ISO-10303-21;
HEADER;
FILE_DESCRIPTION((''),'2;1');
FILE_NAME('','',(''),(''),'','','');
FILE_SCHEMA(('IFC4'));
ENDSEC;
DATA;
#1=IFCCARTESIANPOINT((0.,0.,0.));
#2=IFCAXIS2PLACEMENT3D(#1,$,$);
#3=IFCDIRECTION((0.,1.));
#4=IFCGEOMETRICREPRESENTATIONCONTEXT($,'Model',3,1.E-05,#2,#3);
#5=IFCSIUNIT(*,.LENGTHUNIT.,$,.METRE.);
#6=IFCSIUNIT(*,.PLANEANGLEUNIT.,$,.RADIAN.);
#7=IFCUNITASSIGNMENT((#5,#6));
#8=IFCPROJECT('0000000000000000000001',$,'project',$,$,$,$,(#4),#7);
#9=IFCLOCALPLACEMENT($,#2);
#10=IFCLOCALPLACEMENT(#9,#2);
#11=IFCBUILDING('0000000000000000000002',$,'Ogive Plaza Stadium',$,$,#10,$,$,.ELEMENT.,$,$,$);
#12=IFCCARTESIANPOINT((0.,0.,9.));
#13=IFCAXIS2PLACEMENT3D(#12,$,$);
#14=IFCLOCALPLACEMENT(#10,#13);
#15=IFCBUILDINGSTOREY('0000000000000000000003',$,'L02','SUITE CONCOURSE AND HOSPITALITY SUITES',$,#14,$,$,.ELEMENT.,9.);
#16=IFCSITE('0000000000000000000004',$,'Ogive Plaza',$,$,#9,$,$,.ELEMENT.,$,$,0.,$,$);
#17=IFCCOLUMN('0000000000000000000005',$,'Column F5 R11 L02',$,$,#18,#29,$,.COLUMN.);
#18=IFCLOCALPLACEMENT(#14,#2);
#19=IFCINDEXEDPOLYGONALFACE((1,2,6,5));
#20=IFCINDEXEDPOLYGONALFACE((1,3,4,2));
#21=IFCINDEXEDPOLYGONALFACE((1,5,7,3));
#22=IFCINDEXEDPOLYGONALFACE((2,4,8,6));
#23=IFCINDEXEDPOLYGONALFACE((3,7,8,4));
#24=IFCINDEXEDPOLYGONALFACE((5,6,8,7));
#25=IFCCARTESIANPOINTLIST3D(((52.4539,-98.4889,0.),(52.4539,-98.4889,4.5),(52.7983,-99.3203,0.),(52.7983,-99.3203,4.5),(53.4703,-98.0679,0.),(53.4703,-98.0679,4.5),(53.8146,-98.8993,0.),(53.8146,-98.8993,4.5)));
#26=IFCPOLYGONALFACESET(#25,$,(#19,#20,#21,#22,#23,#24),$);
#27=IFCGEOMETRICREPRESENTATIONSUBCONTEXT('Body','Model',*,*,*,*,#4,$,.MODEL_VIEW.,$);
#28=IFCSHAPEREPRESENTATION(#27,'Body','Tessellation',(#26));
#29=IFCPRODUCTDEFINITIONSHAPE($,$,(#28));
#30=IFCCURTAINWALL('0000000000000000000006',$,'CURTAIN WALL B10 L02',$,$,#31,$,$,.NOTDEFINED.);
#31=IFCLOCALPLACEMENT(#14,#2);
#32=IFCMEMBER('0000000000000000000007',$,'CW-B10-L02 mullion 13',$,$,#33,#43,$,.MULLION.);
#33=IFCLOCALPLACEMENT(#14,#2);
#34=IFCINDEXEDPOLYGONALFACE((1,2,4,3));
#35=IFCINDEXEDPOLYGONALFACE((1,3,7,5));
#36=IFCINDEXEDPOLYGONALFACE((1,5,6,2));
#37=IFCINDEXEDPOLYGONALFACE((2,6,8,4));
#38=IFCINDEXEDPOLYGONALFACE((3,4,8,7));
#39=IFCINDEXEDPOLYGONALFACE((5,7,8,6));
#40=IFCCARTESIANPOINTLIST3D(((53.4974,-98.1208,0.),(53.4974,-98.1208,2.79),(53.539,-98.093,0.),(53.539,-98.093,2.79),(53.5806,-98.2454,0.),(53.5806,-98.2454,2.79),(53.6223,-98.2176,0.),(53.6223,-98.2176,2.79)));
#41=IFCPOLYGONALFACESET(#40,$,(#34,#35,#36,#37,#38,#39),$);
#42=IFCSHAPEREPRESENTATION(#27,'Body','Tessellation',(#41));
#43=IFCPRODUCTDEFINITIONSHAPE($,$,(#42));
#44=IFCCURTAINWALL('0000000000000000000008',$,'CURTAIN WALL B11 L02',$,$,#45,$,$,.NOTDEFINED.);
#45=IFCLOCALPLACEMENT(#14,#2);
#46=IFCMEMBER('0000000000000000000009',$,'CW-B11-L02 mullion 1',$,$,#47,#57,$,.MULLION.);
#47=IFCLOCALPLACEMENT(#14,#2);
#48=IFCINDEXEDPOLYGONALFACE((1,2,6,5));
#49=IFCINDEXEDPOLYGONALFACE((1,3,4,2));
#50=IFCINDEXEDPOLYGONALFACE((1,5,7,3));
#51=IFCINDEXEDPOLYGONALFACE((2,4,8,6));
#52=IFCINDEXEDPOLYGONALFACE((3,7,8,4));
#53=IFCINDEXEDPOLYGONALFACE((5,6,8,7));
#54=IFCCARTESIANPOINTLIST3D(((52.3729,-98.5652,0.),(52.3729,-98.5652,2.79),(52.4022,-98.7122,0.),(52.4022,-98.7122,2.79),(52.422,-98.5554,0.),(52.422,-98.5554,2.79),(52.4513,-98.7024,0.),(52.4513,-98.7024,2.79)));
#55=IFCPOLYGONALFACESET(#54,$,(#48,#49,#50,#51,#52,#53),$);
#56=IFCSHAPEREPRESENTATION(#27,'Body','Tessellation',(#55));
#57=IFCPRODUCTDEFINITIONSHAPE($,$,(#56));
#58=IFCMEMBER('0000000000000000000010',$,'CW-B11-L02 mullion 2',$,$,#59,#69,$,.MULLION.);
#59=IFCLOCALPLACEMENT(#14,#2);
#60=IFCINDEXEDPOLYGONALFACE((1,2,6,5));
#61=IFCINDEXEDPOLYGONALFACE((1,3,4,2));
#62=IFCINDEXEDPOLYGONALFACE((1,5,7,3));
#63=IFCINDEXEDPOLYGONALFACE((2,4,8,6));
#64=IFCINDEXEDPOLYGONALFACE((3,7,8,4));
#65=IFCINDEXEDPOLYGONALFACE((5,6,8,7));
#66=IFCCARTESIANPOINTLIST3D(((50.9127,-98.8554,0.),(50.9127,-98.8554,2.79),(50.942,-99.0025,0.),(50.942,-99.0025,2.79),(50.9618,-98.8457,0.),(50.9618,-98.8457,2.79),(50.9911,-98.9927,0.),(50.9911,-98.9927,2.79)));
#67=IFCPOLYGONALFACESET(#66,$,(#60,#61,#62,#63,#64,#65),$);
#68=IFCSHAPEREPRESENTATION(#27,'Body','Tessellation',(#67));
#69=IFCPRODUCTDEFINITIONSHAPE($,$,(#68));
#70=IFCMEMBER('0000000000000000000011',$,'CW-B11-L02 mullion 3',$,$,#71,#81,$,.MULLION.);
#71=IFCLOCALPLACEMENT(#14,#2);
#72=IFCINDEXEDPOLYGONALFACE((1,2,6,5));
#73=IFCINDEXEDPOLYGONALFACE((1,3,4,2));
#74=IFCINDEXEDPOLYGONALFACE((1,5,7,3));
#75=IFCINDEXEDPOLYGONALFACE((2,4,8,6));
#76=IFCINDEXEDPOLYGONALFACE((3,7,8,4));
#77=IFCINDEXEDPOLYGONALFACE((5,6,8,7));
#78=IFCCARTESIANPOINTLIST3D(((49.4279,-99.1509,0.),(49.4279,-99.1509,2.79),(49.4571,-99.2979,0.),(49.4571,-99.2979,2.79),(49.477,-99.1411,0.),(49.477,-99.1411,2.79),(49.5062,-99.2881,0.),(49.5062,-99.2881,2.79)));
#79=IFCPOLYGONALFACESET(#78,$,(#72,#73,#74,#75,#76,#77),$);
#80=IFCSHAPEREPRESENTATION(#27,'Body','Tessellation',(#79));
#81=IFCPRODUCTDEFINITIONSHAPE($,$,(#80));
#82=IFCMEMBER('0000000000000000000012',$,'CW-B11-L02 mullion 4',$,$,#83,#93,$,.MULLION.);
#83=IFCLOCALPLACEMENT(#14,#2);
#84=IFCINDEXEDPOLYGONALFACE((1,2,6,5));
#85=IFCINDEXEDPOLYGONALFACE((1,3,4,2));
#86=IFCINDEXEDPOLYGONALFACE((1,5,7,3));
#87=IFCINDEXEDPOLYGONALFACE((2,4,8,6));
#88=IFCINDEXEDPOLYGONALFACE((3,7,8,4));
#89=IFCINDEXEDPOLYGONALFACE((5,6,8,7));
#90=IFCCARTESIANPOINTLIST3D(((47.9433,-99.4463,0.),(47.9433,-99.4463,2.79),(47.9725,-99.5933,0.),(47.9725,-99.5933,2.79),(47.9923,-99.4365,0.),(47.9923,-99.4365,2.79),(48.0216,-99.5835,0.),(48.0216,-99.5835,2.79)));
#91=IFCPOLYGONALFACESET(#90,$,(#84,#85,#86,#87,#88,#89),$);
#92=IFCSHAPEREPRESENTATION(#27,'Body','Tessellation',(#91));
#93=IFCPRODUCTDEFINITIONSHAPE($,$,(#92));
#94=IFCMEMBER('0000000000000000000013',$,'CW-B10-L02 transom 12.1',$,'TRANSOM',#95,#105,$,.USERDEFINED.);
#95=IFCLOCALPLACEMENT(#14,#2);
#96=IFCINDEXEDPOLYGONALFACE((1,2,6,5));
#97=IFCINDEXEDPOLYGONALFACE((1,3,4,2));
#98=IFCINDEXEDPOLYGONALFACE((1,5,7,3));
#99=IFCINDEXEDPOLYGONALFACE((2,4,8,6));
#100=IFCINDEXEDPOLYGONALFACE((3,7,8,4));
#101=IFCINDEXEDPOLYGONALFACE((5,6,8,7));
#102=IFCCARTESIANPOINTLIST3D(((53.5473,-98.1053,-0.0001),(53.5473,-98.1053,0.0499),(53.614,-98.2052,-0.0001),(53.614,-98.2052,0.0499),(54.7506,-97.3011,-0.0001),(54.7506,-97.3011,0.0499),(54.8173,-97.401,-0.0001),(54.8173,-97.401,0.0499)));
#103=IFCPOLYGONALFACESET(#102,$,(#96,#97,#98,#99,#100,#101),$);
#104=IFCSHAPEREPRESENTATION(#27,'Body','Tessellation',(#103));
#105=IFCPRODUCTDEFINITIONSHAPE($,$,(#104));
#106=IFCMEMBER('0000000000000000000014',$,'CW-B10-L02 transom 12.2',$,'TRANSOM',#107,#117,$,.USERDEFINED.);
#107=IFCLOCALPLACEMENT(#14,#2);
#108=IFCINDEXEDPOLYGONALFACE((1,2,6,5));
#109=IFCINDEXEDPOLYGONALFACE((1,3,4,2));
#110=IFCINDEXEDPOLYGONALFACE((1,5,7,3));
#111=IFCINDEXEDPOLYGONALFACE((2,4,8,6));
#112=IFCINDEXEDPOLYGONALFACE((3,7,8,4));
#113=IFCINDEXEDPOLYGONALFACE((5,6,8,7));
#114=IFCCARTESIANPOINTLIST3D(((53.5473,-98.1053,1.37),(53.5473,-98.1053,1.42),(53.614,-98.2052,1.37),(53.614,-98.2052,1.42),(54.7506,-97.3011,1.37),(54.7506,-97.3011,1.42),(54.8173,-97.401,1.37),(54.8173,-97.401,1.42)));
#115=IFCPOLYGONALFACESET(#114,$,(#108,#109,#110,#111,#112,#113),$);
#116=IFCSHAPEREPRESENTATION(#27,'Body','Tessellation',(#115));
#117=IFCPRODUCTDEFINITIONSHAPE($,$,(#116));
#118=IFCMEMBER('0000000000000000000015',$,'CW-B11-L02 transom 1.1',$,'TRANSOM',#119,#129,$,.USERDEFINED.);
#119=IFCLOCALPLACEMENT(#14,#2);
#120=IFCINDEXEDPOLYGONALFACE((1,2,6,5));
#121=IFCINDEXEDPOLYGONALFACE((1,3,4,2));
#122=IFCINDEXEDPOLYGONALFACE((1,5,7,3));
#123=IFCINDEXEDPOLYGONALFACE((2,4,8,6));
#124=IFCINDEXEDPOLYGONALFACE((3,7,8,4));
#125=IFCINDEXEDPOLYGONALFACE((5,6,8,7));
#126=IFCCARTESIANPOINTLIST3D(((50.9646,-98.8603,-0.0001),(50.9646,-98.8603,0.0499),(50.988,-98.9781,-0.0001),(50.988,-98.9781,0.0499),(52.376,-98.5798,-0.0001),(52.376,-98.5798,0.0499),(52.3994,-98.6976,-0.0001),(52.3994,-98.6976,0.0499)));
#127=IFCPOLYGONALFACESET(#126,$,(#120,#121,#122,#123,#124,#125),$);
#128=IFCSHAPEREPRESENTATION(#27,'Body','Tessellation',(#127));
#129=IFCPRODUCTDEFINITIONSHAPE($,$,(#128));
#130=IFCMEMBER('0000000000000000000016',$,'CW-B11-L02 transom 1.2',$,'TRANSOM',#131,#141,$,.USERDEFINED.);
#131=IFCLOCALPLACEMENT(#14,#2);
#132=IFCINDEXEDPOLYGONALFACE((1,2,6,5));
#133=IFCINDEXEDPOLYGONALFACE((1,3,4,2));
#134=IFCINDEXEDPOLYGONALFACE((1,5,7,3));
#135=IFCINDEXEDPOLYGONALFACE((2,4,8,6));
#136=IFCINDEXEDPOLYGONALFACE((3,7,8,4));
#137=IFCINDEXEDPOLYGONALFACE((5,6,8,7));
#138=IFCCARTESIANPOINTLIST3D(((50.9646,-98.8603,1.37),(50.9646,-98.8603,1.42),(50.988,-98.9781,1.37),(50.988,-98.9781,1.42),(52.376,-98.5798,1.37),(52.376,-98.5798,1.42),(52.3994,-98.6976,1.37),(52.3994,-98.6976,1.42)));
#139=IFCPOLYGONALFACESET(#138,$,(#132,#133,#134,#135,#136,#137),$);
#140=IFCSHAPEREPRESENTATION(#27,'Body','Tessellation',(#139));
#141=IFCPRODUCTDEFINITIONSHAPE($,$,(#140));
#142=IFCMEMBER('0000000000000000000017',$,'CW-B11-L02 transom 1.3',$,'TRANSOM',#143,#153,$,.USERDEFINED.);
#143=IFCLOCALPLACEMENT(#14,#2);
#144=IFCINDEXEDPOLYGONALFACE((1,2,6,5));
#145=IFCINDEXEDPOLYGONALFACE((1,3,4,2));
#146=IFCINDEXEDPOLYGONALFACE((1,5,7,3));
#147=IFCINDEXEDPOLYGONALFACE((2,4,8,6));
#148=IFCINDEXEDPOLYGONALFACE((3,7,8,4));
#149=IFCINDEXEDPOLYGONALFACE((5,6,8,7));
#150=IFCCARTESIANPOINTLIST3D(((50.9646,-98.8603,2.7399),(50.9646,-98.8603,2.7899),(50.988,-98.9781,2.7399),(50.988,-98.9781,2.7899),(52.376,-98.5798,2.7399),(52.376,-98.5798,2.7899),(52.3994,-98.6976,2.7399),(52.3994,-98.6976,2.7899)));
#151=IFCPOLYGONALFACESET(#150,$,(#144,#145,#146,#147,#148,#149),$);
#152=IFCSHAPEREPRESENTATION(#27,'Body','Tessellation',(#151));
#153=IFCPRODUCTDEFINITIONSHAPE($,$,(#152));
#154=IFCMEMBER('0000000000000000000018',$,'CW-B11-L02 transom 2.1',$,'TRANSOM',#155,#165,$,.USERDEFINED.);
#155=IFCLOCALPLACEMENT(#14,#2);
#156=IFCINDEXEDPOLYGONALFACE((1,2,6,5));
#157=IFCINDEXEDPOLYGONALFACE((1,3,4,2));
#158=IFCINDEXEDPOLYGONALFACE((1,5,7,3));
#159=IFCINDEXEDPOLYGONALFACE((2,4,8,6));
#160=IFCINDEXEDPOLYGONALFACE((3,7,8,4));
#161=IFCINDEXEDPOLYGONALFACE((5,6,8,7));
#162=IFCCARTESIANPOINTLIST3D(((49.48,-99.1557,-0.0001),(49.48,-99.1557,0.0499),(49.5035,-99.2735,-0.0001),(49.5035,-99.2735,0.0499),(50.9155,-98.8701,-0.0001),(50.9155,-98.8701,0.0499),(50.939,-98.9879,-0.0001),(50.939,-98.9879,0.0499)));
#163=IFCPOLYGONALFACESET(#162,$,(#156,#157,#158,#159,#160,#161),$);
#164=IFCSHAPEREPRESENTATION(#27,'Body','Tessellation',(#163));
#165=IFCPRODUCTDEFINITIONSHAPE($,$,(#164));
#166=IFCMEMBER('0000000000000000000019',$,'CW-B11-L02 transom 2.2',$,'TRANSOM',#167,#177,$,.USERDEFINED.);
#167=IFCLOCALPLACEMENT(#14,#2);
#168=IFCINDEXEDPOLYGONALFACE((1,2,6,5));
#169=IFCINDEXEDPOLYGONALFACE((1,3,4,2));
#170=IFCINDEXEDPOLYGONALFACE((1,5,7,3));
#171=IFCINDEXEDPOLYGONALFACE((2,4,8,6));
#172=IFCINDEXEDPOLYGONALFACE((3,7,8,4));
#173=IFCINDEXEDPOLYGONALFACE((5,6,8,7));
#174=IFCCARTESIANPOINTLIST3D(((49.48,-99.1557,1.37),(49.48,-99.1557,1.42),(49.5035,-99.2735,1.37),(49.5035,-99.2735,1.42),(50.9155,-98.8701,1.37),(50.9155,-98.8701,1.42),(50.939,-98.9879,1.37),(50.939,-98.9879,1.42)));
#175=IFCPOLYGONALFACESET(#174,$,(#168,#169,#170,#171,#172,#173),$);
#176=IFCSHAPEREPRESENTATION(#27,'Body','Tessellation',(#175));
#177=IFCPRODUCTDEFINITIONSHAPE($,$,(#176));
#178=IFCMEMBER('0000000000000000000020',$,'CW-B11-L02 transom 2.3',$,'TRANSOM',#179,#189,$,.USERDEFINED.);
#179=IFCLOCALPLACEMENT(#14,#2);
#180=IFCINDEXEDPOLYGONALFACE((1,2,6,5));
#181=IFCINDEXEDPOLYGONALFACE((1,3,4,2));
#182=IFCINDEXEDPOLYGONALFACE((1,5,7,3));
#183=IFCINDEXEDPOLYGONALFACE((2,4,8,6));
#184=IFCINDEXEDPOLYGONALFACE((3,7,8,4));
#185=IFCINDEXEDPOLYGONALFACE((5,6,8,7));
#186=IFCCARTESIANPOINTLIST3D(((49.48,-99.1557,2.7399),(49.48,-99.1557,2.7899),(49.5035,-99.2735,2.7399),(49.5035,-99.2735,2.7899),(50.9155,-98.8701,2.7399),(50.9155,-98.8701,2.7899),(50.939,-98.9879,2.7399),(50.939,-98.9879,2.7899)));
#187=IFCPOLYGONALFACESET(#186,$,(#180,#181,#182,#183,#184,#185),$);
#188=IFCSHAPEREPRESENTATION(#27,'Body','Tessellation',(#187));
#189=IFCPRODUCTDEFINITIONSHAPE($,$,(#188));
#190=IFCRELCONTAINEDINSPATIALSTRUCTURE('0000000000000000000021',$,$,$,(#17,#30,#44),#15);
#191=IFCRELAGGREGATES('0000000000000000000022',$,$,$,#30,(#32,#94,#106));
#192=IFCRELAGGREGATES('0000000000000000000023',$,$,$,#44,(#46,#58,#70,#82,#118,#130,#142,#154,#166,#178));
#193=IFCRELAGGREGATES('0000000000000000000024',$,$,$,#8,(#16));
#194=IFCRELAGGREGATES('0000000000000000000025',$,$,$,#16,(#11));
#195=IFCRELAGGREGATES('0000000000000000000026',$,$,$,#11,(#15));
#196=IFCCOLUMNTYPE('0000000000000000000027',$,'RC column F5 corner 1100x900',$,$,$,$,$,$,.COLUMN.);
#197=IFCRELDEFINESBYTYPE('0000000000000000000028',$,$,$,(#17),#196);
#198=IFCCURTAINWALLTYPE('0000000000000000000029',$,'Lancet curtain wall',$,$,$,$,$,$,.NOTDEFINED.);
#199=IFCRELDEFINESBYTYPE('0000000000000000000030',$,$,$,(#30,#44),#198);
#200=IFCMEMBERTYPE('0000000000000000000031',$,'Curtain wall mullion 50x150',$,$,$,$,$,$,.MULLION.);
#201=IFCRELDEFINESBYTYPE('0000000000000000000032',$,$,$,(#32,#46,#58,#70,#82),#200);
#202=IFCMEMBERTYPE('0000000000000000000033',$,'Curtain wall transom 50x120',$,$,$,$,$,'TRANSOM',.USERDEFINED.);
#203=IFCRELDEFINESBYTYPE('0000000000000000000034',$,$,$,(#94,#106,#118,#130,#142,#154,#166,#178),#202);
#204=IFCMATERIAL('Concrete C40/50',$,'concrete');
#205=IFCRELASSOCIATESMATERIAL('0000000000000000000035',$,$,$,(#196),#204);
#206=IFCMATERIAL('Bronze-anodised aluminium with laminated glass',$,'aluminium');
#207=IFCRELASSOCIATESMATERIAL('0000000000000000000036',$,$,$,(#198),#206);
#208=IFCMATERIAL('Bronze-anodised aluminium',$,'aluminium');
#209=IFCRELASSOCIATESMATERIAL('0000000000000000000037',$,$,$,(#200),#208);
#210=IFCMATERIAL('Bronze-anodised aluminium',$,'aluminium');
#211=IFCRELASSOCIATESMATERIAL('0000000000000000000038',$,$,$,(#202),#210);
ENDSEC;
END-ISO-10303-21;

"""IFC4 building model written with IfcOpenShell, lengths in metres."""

from ifc_helpers import new_model, si_unit, direction, frame, origin, origin_2d, place, context, subcontext, project, spatial, rectangle, extrude, material, material_profile, profile_set, type_object, element, aggregate, save


model = new_model("IFC4")

# Units and contexts
model_context = context("Model", 3, precision=1e-05, world=origin(), true_north=direction((0.0, 1.0)))
body_context = subcontext(model_context, "Body", "Model", "MODEL_VIEW")
ifc_project = project(units=[si_unit("LENGTHUNIT", "METRE"), si_unit("PLANEANGLEUNIT", "RADIAN")], contexts=[model_context])

# Site, building, storey
site_placement = place(None, origin())
site = spatial("IfcSite", under=ifc_project, at=site_placement, Name="Ogive Plaza", CompositionType="ELEMENT", RefElevation=0.0)
building_placement = place(site_placement, origin())
building = spatial("IfcBuilding", under=site, at=building_placement, Name="Ogive Plaza Stadium", CompositionType="ELEMENT")
storey_placement = place(building_placement, frame((0.0, 0.0, 9.0)))
storey = spatial("IfcBuildingStorey", under=building, at=storey_placement, Name="L02", Description="SUITE CONCOURSE AND HOSPITALITY SUITES", CompositionType="ELEMENT", Elevation=9.0)

# Column
ifc_material_1 = material(Name="Concrete C40/50", Category="concrete")
ifc_material_profile_1 = material_profile(ifc_material_1, rectangle(XDim=1.1001, YDim=0.8999, at=origin_2d()), Name="RC 1100x900")
ifc_profile_set_1 = profile_set([ifc_material_profile_1], Name="Concrete C40/50")
column_type = type_object("IfcColumnType", Name="RC column F5 corner 1100x900", PredefinedType="COLUMN", material=ifc_profile_set_1)
column_placement = place(storey_placement, frame((53.1343, -98.6941, 0.0), z_axis=(0.0, 0.0, 1.0), x_axis=(0.92388, 0.382683, 0.0)))
element("IfcColumn", 1, at=column_placement, inside=storey, type_object=column_type, Name="Column F5 R11 L02", PredefinedType="COLUMN", context=body_context, shape_type="SweptSolid", body=[
    extrude(rectangle(XDim=1.1001, YDim=0.8999, at=origin_2d()), origin(), (0.0, 0.0, 1.0), 4.5),
])

# Curtain wall, member
ifc_material_2 = material(Name="Bronze-anodised aluminium with laminated glass", Category="aluminium")
curtain_wall_type = type_object("IfcCurtainWallType", Name="Lancet curtain wall", PredefinedType="NOTDEFINED", material=ifc_material_2)
curtain_wall_1_placement = place(storey_placement, origin())
curtain_wall_1 = element("IfcCurtainWall", 2, at=curtain_wall_1_placement, inside=storey, type_object=curtain_wall_type, Name="CURTAIN WALL B10 L02", PredefinedType="NOTDEFINED")
ifc_material_3 = material(Name="Bronze-anodised aluminium", Category="aluminium")
ifc_material_profile_2 = material_profile(ifc_material_3, rectangle(XDim=0.1499, YDim=0.05, at=origin_2d()), Name="AL 150x50")
ifc_profile_set_2 = profile_set([ifc_material_profile_2], Name="Bronze-anodised aluminium")
member_type_1 = type_object("IfcMemberType", Name="Curtain wall mullion 50x150", PredefinedType="MULLION", material=ifc_profile_set_2)
member_1_placement = place(storey_placement, frame((53.5598, -98.1692, 0.0), z_axis=(0.0, 0.0, 1.0), x_axis=(0.55557, -0.83147, 0.0)))
member_1 = element("IfcMember", 3, at=member_1_placement, type_object=member_type_1, Name="CW-B10-L02 mullion 13", PredefinedType="MULLION", context=body_context, shape_type="SweptSolid", body=[
    extrude(rectangle(XDim=0.1499, YDim=0.05, at=origin_2d()), origin(), (0.0, 0.0, 1.0), 2.79),
])

# Curtain wall, members
curtain_wall_2_placement = place(storey_placement, origin())
curtain_wall_2 = element("IfcCurtainWall", 4, at=curtain_wall_2_placement, inside=storey, type_object=curtain_wall_type, Name="CURTAIN WALL B11 L02", PredefinedType="NOTDEFINED")
member_2_placement = place(storey_placement, frame((52.4121, -98.6338, 0.0), z_axis=(0.0, 0.0, 1.0), x_axis=(0.19509, -0.980785, 0.0)))
member_2 = element("IfcMember", 5, at=member_2_placement, type_object=member_type_1, Name="CW-B11-L02 mullion 1", PredefinedType="MULLION", context=body_context, shape_type="SweptSolid", body=[
    extrude(rectangle(XDim=0.1499, YDim=0.05, at=origin_2d()), origin(), (0.0, 0.0, 1.0), 2.79),
])
member_3_placement = place(storey_placement, frame((50.9519, -98.9241, 0.0), z_axis=(0.0, 0.0, 1.0), x_axis=(0.19509, -0.980785, 0.0)))
member_3 = element("IfcMember", 6, at=member_3_placement, type_object=member_type_1, Name="CW-B11-L02 mullion 2", PredefinedType="MULLION", context=body_context, shape_type="SweptSolid", body=[
    extrude(rectangle(XDim=0.1499, YDim=0.05, at=origin_2d()), origin(), (0.0, 0.0, 1.0), 2.79),
])
member_4_placement = place(storey_placement, frame((49.467, -99.2195, 0.0), z_axis=(0.0, 0.0, 1.0), x_axis=(0.19509, -0.980785, 0.0)))
member_4 = element("IfcMember", 7, at=member_4_placement, type_object=member_type_1, Name="CW-B11-L02 mullion 3", PredefinedType="MULLION", context=body_context, shape_type="SweptSolid", body=[
    extrude(rectangle(XDim=0.1499, YDim=0.05, at=origin_2d()), origin(), (0.0, 0.0, 1.0), 2.79),
])
member_5_placement = place(storey_placement, frame((47.9824, -99.5149, 0.0), z_axis=(0.0, 0.0, 1.0), x_axis=(0.19509, -0.980785, 0.0)))
member_5 = element("IfcMember", 8, at=member_5_placement, type_object=member_type_1, Name="CW-B11-L02 mullion 4", PredefinedType="MULLION", context=body_context, shape_type="SweptSolid", body=[
    extrude(rectangle(XDim=0.1499, YDim=0.05, at=origin_2d()), origin(), (0.0, 0.0, 1.0), 2.79),
])

# Members
ifc_material_4 = material(Name="Bronze-anodised aluminium", Category="aluminium")
ifc_material_profile_3 = material_profile(ifc_material_4, rectangle(XDim=0.1201, YDim=0.05, at=origin_2d()), Name="AL 120x50")
ifc_profile_set_3 = profile_set([ifc_material_profile_3], Name="Bronze-anodised aluminium")
member_type_2 = type_object("IfcMemberType", Name="Curtain wall transom 50x120", ElementType="TRANSOM", PredefinedType="USERDEFINED", material=ifc_profile_set_3)
member_6_placement = place(storey_placement, frame((54.7839, -97.3511, 0.0249), z_axis=(-0.831427, -0.555634, 0.0), x_axis=(0.555634, -0.831427, 0.0)))
member_6 = element("IfcMember", 9, at=member_6_placement, type_object=member_type_2, Name="CW-B10-L02 transom 12.1", ObjectType="TRANSOM", PredefinedType="USERDEFINED", context=body_context, shape_type="SweptSolid", body=[
    extrude(rectangle(XDim=0.1201, YDim=0.05, at=origin_2d()), origin(), (0.0, 0.0, 1.0), 1.4473),
])
member_7_placement = place(storey_placement, frame((54.7839, -97.3511, 1.395), z_axis=(-0.831427, -0.555634, 0.0), x_axis=(0.555634, -0.831427, 0.0)))
member_7 = element("IfcMember", 10, at=member_7_placement, type_object=member_type_2, Name="CW-B10-L02 transom 12.2", ObjectType="TRANSOM", PredefinedType="USERDEFINED", context=body_context, shape_type="SweptSolid", body=[
    extrude(rectangle(XDim=0.1201, YDim=0.05, at=origin_2d()), origin(), (0.0, 0.0, 1.0), 1.4473),
])
member_8_placement = place(storey_placement, frame((52.3877, -98.6387, 0.0249), z_axis=(-0.980815, -0.194941, 0.0), x_axis=(0.194941, -0.980815, 0.0)))
member_8 = element("IfcMember", 11, at=member_8_placement, type_object=member_type_2, Name="CW-B11-L02 transom 1.1", ObjectType="TRANSOM", PredefinedType="USERDEFINED", context=body_context, shape_type="SweptSolid", body=[
    extrude(rectangle(XDim=0.1201, YDim=0.05, at=origin_2d()), origin(), (0.0, 0.0, 1.0), 1.439),
])
member_9_placement = place(storey_placement, frame((52.3877, -98.6387, 1.395), z_axis=(-0.980815, -0.194941, 0.0), x_axis=(0.194941, -0.980815, 0.0)))
member_9 = element("IfcMember", 12, at=member_9_placement, type_object=member_type_2, Name="CW-B11-L02 transom 1.2", ObjectType="TRANSOM", PredefinedType="USERDEFINED", context=body_context, shape_type="SweptSolid", body=[
    extrude(rectangle(XDim=0.1201, YDim=0.05, at=origin_2d()), origin(), (0.0, 0.0, 1.0), 1.439),
])
member_10_placement = place(storey_placement, frame((52.3877, -98.6387, 2.7649), z_axis=(-0.980815, -0.194941, 0.0), x_axis=(0.194941, -0.980815, 0.0)))
member_10 = element("IfcMember", 13, at=member_10_placement, type_object=member_type_2, Name="CW-B11-L02 transom 1.3", ObjectType="TRANSOM", PredefinedType="USERDEFINED", context=body_context, shape_type="SweptSolid", body=[
    extrude(rectangle(XDim=0.1201, YDim=0.05, at=origin_2d()), origin(), (0.0, 0.0, 1.0), 1.439),
])
member_11_placement = place(storey_placement, frame((50.9272, -98.929, 0.0249), z_axis=(-0.980773, -0.195154, 0.0), x_axis=(0.195154, -0.980773, 0.0)))
member_11 = element("IfcMember", 14, at=member_11_placement, type_object=member_type_2, Name="CW-B11-L02 transom 2.1", ObjectType="TRANSOM", PredefinedType="USERDEFINED", context=body_context, shape_type="SweptSolid", body=[
    extrude(rectangle(XDim=0.1201, YDim=0.05, at=origin_2d()), origin(), (0.0, 0.0, 1.0), 1.4636),
])
member_12_placement = place(storey_placement, frame((50.9272, -98.929, 1.395), z_axis=(-0.980773, -0.195154, 0.0), x_axis=(0.195154, -0.980773, 0.0)))
member_12 = element("IfcMember", 15, at=member_12_placement, type_object=member_type_2, Name="CW-B11-L02 transom 2.2", ObjectType="TRANSOM", PredefinedType="USERDEFINED", context=body_context, shape_type="SweptSolid", body=[
    extrude(rectangle(XDim=0.1201, YDim=0.05, at=origin_2d()), origin(), (0.0, 0.0, 1.0), 1.4636),
])
member_13_placement = place(storey_placement, frame((50.9272, -98.929, 2.7649), z_axis=(-0.980773, -0.195154, 0.0), x_axis=(0.195154, -0.980773, 0.0)))
member_13 = element("IfcMember", 16, at=member_13_placement, type_object=member_type_2, Name="CW-B11-L02 transom 2.3", ObjectType="TRANSOM", PredefinedType="USERDEFINED", context=body_context, shape_type="SweptSolid", body=[
    extrude(rectangle(XDim=0.1201, YDim=0.05, at=origin_2d()), origin(), (0.0, 0.0, 1.0), 1.4636),
])

aggregate(curtain_wall_1, [member_1, member_6, member_7])
aggregate(curtain_wall_2, [member_2, member_3, member_4, member_5, member_8, member_9, member_10, member_11, member_12, member_13])

save(model, "model.ifc")
